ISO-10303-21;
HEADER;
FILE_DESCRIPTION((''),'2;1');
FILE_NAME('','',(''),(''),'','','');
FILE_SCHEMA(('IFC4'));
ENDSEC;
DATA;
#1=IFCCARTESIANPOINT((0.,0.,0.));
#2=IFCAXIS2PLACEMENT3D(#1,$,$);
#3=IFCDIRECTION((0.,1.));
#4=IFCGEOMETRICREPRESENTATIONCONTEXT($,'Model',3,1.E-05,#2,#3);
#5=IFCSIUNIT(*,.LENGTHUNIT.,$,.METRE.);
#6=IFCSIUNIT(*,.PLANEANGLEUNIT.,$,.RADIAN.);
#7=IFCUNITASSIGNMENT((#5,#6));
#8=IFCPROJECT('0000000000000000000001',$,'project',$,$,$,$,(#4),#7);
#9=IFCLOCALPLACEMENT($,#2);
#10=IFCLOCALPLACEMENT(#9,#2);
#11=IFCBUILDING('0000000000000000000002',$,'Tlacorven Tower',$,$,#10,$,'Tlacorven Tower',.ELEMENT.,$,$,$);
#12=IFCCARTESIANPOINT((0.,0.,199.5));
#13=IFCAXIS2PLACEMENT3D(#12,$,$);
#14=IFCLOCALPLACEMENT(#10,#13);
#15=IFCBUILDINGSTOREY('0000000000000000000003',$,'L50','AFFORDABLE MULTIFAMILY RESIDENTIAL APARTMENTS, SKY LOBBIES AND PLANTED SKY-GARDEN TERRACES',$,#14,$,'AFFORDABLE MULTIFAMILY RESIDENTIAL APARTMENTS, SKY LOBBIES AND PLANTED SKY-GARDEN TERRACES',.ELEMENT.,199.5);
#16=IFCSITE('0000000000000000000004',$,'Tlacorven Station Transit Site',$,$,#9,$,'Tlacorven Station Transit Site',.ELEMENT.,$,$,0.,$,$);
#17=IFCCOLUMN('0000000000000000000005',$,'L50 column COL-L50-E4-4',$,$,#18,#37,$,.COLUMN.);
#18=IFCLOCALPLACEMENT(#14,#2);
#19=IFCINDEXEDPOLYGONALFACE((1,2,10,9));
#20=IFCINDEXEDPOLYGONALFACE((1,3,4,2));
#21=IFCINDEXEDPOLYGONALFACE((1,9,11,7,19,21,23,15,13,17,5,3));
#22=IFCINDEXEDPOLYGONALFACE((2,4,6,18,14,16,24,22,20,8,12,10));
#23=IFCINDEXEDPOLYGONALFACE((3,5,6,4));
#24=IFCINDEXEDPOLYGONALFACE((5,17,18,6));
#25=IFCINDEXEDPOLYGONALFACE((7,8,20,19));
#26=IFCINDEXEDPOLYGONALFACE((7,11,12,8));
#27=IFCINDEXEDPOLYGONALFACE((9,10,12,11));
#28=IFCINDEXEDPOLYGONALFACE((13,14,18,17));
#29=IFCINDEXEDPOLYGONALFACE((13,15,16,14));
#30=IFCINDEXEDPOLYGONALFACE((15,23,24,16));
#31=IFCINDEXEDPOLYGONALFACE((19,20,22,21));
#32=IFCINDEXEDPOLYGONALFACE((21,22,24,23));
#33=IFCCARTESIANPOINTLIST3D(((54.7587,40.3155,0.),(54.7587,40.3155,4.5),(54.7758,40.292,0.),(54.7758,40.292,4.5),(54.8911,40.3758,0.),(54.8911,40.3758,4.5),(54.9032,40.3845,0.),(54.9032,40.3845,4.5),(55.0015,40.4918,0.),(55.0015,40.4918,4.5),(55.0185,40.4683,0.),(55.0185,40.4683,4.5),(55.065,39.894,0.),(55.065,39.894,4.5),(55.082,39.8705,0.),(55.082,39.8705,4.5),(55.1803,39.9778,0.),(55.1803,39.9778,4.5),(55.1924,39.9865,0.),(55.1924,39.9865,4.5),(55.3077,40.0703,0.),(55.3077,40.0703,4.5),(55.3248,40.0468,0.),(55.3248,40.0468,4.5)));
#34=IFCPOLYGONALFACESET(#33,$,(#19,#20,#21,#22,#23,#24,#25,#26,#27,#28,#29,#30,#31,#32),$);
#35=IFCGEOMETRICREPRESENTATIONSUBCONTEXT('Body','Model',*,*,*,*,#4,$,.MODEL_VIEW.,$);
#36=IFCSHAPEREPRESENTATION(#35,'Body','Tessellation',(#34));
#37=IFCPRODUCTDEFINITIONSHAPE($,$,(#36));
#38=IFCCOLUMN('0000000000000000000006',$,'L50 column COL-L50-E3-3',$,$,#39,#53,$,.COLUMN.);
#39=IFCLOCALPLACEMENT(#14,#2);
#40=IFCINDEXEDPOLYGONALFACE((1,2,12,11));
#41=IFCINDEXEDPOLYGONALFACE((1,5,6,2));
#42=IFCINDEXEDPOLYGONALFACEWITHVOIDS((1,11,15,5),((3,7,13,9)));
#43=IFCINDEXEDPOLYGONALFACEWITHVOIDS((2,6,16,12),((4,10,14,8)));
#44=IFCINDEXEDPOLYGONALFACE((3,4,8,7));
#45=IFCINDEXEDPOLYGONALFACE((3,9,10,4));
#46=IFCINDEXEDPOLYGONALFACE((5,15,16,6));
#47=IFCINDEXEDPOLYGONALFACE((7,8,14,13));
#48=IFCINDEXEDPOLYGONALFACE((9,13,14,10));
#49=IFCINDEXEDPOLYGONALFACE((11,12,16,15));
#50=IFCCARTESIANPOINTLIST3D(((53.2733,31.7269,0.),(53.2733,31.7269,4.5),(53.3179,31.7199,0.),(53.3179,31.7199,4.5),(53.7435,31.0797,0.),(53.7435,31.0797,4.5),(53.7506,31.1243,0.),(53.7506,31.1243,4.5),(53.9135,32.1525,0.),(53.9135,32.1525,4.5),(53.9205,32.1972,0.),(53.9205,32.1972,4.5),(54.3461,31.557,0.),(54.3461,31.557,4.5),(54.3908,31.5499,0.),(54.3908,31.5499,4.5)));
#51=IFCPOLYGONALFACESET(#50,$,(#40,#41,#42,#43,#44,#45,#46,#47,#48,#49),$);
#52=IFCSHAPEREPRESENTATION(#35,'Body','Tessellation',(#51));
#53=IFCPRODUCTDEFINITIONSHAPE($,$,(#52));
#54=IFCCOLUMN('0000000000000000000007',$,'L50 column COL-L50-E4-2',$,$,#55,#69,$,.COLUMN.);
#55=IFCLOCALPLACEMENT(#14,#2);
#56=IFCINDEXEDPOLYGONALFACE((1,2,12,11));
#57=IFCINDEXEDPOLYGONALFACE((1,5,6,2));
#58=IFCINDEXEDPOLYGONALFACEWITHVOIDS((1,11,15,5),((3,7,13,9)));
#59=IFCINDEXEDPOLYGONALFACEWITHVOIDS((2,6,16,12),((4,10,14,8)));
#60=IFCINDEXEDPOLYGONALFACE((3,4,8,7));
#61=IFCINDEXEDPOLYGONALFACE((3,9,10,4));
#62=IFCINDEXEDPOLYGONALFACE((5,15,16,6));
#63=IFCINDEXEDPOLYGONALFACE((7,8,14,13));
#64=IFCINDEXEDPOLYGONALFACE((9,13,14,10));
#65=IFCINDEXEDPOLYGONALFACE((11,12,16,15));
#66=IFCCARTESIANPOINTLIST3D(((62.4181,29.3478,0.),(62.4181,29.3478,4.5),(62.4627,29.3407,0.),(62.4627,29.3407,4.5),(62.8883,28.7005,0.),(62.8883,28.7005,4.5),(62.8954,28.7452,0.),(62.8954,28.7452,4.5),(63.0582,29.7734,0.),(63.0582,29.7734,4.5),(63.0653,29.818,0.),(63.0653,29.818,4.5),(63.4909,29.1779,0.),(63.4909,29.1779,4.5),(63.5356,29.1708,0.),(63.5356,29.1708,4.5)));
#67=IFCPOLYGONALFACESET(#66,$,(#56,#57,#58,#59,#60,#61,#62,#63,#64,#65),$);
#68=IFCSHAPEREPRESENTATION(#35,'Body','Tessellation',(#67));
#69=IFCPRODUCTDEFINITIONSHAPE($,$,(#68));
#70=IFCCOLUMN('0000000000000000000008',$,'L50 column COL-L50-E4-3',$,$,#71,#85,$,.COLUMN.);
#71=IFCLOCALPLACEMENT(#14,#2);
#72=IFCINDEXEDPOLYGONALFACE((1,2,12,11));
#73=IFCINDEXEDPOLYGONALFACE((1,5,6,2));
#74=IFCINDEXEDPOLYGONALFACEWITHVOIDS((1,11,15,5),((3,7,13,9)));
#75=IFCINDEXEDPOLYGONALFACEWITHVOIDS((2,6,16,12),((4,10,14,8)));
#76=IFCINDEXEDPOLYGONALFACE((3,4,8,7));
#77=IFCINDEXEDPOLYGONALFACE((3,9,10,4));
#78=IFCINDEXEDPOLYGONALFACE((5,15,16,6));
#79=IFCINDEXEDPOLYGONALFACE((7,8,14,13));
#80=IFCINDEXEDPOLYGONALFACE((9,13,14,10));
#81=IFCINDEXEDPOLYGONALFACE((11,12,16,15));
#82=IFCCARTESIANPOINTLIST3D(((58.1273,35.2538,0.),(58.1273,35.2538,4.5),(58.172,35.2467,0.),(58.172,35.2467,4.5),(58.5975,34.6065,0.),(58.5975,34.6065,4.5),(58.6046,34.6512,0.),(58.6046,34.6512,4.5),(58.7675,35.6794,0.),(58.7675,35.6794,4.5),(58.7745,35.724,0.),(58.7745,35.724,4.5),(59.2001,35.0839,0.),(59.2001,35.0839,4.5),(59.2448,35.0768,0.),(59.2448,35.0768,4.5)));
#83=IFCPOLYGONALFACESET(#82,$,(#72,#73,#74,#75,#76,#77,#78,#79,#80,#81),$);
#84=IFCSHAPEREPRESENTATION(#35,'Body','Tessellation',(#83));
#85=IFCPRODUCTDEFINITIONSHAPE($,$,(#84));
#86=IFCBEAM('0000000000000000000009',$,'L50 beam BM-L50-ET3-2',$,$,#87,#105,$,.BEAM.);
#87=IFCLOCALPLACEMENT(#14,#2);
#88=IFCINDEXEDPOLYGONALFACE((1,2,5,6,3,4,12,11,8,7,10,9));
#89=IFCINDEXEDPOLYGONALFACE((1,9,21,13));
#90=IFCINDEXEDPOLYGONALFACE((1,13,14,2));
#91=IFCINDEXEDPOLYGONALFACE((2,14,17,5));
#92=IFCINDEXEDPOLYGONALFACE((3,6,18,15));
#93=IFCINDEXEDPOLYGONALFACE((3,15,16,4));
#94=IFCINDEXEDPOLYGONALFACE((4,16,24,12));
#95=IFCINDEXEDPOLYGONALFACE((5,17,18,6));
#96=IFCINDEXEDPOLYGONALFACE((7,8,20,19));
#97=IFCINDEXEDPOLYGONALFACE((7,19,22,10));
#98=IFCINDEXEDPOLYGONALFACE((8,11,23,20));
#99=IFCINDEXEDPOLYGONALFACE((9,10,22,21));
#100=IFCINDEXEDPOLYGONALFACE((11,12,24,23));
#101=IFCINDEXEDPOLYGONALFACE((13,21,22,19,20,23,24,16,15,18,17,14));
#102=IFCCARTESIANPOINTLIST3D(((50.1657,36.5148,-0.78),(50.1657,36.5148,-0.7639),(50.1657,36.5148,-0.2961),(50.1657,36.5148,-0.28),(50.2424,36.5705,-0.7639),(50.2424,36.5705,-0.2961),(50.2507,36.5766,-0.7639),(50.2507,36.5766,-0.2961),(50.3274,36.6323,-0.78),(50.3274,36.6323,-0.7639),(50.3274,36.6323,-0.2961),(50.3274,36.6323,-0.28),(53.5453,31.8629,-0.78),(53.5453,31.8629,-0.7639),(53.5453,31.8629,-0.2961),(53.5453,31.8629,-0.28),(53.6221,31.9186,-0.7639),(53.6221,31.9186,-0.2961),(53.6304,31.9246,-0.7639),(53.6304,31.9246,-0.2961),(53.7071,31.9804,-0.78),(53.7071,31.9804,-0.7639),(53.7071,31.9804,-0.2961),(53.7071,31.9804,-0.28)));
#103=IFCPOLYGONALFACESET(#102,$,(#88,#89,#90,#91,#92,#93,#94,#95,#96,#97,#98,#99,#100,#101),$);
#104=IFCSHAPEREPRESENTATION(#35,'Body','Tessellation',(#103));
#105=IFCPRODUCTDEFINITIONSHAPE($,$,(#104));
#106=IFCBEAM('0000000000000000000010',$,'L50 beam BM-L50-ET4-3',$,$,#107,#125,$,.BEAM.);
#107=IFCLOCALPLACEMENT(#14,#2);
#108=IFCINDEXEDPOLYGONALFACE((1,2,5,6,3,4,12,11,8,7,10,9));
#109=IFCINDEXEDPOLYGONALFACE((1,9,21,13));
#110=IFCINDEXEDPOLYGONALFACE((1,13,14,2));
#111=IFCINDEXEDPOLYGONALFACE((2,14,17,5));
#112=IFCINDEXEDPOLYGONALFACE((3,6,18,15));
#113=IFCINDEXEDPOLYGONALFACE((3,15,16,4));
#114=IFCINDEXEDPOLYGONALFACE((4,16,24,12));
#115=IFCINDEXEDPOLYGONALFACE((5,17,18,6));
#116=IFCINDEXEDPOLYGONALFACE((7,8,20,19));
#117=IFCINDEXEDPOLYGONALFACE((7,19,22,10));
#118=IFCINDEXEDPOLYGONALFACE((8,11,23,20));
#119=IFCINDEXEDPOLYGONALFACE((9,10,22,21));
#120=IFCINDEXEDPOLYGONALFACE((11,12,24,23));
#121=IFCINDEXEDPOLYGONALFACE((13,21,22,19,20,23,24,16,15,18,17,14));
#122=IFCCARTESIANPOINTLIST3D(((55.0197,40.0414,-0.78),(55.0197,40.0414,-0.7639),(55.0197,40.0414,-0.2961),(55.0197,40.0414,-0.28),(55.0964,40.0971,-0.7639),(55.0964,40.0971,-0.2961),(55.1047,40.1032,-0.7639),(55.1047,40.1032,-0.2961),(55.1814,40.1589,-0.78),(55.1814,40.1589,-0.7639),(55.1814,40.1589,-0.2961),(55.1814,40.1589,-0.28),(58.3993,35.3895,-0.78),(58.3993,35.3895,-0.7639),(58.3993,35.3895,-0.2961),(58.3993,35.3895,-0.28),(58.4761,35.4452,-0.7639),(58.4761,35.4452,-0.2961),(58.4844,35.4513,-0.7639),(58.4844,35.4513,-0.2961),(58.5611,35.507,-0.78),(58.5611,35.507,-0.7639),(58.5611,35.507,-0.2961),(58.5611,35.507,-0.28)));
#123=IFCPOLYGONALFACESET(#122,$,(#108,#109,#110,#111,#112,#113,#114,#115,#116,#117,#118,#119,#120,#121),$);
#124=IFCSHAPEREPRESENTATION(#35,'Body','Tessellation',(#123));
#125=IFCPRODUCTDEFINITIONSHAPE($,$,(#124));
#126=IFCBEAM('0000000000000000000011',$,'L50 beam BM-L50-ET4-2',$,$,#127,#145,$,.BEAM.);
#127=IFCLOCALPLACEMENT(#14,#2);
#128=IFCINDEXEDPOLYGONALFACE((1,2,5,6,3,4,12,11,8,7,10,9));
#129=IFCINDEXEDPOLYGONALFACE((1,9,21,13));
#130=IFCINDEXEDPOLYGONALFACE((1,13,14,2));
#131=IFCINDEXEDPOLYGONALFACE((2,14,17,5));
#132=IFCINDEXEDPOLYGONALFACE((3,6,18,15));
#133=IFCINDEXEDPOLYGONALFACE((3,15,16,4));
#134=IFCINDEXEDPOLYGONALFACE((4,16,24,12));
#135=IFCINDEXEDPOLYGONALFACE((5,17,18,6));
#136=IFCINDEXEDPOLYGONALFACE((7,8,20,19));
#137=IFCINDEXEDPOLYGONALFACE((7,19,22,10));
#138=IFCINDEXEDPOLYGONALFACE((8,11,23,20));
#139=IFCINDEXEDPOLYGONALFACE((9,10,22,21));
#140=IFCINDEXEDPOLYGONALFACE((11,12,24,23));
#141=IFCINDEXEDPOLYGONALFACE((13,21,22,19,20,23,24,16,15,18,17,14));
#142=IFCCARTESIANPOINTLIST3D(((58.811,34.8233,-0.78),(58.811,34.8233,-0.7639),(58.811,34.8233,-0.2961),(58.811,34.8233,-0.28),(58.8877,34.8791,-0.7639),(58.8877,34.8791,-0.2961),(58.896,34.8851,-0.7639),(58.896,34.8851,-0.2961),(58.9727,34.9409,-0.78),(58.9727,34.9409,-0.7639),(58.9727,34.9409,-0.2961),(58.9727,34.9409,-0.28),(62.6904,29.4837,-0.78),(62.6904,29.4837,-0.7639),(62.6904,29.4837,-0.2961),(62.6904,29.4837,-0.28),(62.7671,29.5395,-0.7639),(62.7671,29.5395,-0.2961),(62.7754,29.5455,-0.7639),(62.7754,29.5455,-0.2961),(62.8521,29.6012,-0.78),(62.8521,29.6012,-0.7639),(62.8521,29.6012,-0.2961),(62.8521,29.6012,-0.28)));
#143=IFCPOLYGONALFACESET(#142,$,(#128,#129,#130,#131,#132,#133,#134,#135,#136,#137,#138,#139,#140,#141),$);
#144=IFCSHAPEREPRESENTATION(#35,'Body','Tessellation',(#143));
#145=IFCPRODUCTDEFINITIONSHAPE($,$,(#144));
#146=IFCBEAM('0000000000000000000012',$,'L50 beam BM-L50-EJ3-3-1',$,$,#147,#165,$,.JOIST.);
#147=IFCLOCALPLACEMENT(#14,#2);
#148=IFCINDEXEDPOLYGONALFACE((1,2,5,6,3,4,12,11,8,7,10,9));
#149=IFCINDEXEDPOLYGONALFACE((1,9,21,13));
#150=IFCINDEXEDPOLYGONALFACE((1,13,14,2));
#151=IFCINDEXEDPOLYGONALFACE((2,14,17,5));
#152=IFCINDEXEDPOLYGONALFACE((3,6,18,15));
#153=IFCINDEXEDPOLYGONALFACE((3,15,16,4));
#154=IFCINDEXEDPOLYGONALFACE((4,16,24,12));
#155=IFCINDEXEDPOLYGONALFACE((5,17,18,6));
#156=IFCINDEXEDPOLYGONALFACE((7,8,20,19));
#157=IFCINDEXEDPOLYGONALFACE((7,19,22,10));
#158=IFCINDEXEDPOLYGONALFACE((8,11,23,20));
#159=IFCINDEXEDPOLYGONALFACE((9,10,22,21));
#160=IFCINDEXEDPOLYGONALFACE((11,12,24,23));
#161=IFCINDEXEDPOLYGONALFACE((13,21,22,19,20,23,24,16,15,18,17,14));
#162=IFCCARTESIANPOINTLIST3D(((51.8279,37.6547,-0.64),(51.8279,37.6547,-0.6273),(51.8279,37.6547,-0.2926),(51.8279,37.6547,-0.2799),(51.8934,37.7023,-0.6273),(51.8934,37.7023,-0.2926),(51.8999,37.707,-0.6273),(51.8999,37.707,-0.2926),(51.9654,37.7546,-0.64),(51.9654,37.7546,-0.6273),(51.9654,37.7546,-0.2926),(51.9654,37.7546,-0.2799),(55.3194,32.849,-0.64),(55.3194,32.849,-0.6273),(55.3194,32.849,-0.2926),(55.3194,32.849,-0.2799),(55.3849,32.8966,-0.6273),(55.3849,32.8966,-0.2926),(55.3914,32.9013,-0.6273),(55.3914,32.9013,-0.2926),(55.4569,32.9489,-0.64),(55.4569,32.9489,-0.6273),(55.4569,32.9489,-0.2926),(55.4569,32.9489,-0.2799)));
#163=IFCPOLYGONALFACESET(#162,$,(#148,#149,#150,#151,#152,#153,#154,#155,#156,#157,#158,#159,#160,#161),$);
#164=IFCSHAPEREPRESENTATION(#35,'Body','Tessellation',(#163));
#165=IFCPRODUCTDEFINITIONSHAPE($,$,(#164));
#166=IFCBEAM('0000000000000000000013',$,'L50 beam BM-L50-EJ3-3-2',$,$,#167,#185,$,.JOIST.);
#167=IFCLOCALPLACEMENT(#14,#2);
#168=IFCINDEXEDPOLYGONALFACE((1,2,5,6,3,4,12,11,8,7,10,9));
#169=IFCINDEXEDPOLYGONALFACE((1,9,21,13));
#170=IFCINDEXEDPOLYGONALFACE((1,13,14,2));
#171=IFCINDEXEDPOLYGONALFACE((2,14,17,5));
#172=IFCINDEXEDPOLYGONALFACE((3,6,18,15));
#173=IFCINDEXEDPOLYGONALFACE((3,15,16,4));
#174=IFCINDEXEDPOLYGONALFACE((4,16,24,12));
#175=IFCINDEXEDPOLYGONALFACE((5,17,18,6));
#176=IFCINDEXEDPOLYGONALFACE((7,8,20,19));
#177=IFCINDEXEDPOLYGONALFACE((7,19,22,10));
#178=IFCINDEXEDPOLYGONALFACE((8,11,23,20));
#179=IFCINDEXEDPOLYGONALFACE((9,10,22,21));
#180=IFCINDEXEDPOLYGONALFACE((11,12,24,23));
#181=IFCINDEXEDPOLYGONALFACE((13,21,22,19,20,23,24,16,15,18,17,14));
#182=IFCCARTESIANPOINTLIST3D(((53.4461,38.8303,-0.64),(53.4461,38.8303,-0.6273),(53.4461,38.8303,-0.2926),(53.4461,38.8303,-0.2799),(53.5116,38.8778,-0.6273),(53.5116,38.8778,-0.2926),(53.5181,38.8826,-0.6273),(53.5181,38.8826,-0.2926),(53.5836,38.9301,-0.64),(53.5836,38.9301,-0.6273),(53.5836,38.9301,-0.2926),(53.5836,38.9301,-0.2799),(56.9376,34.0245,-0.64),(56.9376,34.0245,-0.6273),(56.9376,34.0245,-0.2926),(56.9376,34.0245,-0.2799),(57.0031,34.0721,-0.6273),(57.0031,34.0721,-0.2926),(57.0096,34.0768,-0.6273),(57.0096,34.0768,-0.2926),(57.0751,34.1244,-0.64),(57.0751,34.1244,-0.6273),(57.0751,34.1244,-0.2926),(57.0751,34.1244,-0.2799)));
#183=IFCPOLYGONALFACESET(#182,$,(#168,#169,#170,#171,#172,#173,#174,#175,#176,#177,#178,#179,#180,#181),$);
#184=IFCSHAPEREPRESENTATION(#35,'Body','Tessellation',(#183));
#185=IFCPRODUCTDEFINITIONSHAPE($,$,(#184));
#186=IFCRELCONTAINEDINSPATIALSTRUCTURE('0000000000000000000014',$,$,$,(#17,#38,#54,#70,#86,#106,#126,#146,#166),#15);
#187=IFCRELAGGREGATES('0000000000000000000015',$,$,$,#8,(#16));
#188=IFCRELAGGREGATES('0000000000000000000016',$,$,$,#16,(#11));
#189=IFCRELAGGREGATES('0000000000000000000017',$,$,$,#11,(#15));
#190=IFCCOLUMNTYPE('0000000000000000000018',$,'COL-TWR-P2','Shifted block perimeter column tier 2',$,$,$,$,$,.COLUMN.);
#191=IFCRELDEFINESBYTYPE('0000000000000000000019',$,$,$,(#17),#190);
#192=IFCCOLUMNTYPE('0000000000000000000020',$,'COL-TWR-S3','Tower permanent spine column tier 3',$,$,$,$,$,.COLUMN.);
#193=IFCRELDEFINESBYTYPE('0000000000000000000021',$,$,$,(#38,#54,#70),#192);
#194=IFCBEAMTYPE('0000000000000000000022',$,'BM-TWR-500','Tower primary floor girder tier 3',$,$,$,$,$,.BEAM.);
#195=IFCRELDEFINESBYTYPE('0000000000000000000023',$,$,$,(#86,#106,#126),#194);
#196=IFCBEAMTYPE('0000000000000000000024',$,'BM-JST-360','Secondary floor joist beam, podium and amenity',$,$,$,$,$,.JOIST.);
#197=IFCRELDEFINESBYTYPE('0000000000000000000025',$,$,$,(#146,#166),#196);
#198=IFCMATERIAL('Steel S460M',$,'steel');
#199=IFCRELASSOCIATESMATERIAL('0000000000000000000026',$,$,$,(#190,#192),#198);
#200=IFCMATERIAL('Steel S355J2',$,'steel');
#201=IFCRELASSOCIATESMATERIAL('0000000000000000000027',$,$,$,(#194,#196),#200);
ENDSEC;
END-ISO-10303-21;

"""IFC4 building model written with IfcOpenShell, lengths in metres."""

from ifc_helpers import new_model, si_unit, direction, frame, origin, origin_2d, place, context, subcontext, project, spatial, hollow_rectangle, i_section, extrude, source, transform, mapped, material, material_profile, profile_set, type_object, element, save


model = new_model("IFC4")

# Units and contexts
model_context = context("Model", 3, precision=1e-05, world=origin(), true_north=direction((0.0, 1.0)))
body_context = subcontext(model_context, "Body", "Model", "MODEL_VIEW")
ifc_project = project(units=[si_unit("LENGTHUNIT", "METRE"), si_unit("PLANEANGLEUNIT", "RADIAN")], contexts=[model_context])

# Site, building, storey
site_placement = place(None, origin())
site = spatial("IfcSite", under=ifc_project, at=site_placement, Name="Tlacorven Station Transit Site", LongName="Tlacorven Station Transit Site", CompositionType="ELEMENT", RefElevation=0.0)
building_placement = place(site_placement, origin())
building = spatial("IfcBuilding", under=site, at=building_placement, Name="Tlacorven Tower", LongName="Tlacorven Tower", CompositionType="ELEMENT")
storey_placement = place(building_placement, frame((0.0, 0.0, 199.5)))
storey = spatial("IfcBuildingStorey", under=building, at=storey_placement, Name="L50", Description="AFFORDABLE MULTIFAMILY RESIDENTIAL APARTMENTS, SKY LOBBIES AND PLANTED SKY-GARDEN TERRACES", LongName="AFFORDABLE MULTIFAMILY RESIDENTIAL APARTMENTS, SKY LOBBIES AND PLANTED SKY-GARDEN TERRACES", CompositionType="ELEMENT", Elevation=199.5)

# Columns
ifc_material_1 = material(Name="Steel S460M", Category="steel")
ifc_material_profile_1 = material_profile(ifc_material_1, i_section(OverallWidth=0.3, OverallDepth=0.55, WebThickness=0.0149, FlangeThickness=0.0291, at=origin_2d()), Name="HEB 550")
ifc_profile_set_1 = profile_set([ifc_material_profile_1], Name="Steel S460M")
column_type_1 = type_object("IfcColumnType", Name="COL-TWR-P2", Description="Shifted block perimeter column tier 2", PredefinedType="COLUMN", material=ifc_profile_set_1)
shared_shape_1 = source(origin(), body_context, "Body", "SweptSolid", [
    extrude(i_section(OverallWidth=0.3, OverallDepth=0.55, WebThickness=0.0149, FlangeThickness=0.0291, at=origin_2d()), origin(), (0.0, 0.0, 1.0), 4.5),
])
column_placement = place(storey_placement, frame((55.0417, 40.1812, 0.0), z_axis=(0.0, 0.0, 1.0), x_axis=(0.809017, 0.587785, 0.0)))
element("IfcColumn", 1, at=column_placement, inside=storey, type_object=column_type_1, Name="L50 column COL-L50-E4-4", PredefinedType="COLUMN", context=body_context, shape_type="MappedRepresentation", body=[
    mapped(shared_shape_1, transform((0.0, 0.0, 0.0), scale=1.0)),
])
ifc_material_profile_2 = material_profile(ifc_material_1, hollow_rectangle(XDim=0.8, YDim=0.8, WallThickness=0.032, at=origin_2d()), Name="BOX 800X800X32")
ifc_profile_set_2 = profile_set([ifc_material_profile_2], Name="Steel S460M")
column_type_2 = type_object("IfcColumnType", Name="COL-TWR-S3", Description="Tower permanent spine column tier 3", PredefinedType="COLUMN", material=ifc_profile_set_2)
shared_shape_2 = source(origin(), body_context, "Body", "SweptSolid", [
    extrude(hollow_rectangle(XDim=0.8, YDim=0.8, WallThickness=0.032, at=origin_2d()), origin(), (0.0, 0.0, 1.0), 4.5),
])
for number, where, z_axis, x_axis, name in (
    (2, (53.832, 31.6384, 0.0), (0.0, 0.0, 1.0), (0.809017, 0.587785, 0.0), "L50 column COL-L50-E3-3"),
    (3, (62.9768, 29.2593, 0.0), (0.0, 0.0, 1.0), (0.809017, 0.587785, 0.0), "L50 column COL-L50-E4-2"),
    (4, (58.686, 35.1653, 0.0), (0.0, 0.0, 1.0), (0.809017, 0.587785, 0.0), "L50 column COL-L50-E4-3"),
):
    element("IfcColumn", number, at=place(storey_placement, frame(where, z_axis=z_axis, x_axis=x_axis)), inside=storey, type_object=column_type_2, Name=name, PredefinedType="COLUMN", context=body_context, shape_type="MappedRepresentation", body=[
        mapped(shared_shape_2, transform((0.0, 0.0, 0.0), scale=1.0)),
    ])

# Beams
ifc_material_2 = material(Name="Steel S355J2", Category="steel")
ifc_material_profile_3 = material_profile(ifc_material_2, i_section(OverallWidth=0.2, OverallDepth=0.5, WebThickness=0.0103, FlangeThickness=0.0161, at=origin_2d()), Name="IPE 500")
ifc_profile_set_3 = profile_set([ifc_material_profile_3], Name="Steel S355J2")
beam_type_1 = type_object("IfcBeamType", Name="BM-TWR-500", Description="Tower primary floor girder tier 3", PredefinedType="BEAM", material=ifc_profile_set_3)
shared_shape_3 = source(origin(), body_context, "Body", "SweptSolid", [
    extrude(i_section(OverallWidth=0.2, OverallDepth=0.5, WebThickness=0.0103, FlangeThickness=0.0161, at=origin_2d()), origin(), (0.0, 0.0, 1.0), 5.75),
])
for number, where, z_axis, x_axis, name in (
    (5, (53.6262, 31.9216, -0.53), (-0.58777, 0.809028, 0.0), (-0.809028, -0.58777, 0.0), "L50 beam BM-L50-ET3-2"),
    (6, (58.4802, 35.4482, -0.53), (-0.58777, 0.809028, 0.0), (-0.809028, -0.58777, 0.0), "L50 beam BM-L50-ET4-3"),
):
    element("IfcBeam", number, at=place(storey_placement, frame(where, z_axis=z_axis, x_axis=x_axis)), inside=storey, type_object=beam_type_1, Name=name, PredefinedType="BEAM", context=body_context, shape_type="MappedRepresentation", body=[
        mapped(shared_shape_3, transform((0.0, 0.0, 0.0), scale=1.0)),
    ])
shared_shape_4 = source(origin(), body_context, "Body", "SweptSolid", [
    extrude(i_section(OverallWidth=0.2, OverallDepth=0.5, WebThickness=0.0103, FlangeThickness=0.0161, at=origin_2d()), origin(), (0.0, 0.0, 1.0), 6.6001),
])
beam_1_placement = place(storey_placement, frame((62.7712, 29.5425, -0.53), z_axis=(-0.58778, 0.809021, 0.0), x_axis=(-0.809021, -0.58778, 0.0)))
element("IfcBeam", 7, at=beam_1_placement, inside=storey, type_object=beam_type_1, Name="L50 beam BM-L50-ET4-2", PredefinedType="BEAM", context=body_context, shape_type="MappedRepresentation", body=[
    mapped(shared_shape_4, transform((0.0, 0.0, 0.0), scale=1.0)),
])
ifc_material_profile_4 = material_profile(ifc_material_2, i_section(OverallWidth=0.1699, OverallDepth=0.3601, WebThickness=0.0081, FlangeThickness=0.0127, at=origin_2d()), Name="IPE 360")
ifc_profile_set_4 = profile_set([ifc_material_profile_4], Name="Steel S355J2")
beam_type_2 = type_object("IfcBeamType", Name="BM-JST-360", Description="Secondary floor joist beam, podium and amenity", PredefinedType="JOIST", material=ifc_profile_set_4)
shared_shape_5 = source(origin(), body_context, "Body", "SweptSolid", [
    extrude(i_section(OverallWidth=0.1699, OverallDepth=0.3601, WebThickness=0.0081, FlangeThickness=0.0127, at=origin_2d()), origin(), (0.0, 0.0, 1.0), 5.9402),
])
for number, where, z_axis, x_axis, name in (
    (8, (55.3882, 32.8989, -0.46), (-0.587778, 0.809022, 0.0), (-0.809022, -0.587778, 0.0), "L50 beam BM-L50-EJ3-3-1"),
    (9, (57.0063, 34.0745, -0.46), (-0.587778, 0.809022, 0.0), (-0.809022, -0.587778, 0.0), "L50 beam BM-L50-EJ3-3-2"),
):
    element("IfcBeam", number, at=place(storey_placement, frame(where, z_axis=z_axis, x_axis=x_axis)), inside=storey, type_object=beam_type_2, Name=name, PredefinedType="JOIST", context=body_context, shape_type="MappedRepresentation", body=[
        mapped(shared_shape_5, transform((0.0, 0.0, 0.0), scale=1.0)),
    ])

save(model, "model.ifc")
